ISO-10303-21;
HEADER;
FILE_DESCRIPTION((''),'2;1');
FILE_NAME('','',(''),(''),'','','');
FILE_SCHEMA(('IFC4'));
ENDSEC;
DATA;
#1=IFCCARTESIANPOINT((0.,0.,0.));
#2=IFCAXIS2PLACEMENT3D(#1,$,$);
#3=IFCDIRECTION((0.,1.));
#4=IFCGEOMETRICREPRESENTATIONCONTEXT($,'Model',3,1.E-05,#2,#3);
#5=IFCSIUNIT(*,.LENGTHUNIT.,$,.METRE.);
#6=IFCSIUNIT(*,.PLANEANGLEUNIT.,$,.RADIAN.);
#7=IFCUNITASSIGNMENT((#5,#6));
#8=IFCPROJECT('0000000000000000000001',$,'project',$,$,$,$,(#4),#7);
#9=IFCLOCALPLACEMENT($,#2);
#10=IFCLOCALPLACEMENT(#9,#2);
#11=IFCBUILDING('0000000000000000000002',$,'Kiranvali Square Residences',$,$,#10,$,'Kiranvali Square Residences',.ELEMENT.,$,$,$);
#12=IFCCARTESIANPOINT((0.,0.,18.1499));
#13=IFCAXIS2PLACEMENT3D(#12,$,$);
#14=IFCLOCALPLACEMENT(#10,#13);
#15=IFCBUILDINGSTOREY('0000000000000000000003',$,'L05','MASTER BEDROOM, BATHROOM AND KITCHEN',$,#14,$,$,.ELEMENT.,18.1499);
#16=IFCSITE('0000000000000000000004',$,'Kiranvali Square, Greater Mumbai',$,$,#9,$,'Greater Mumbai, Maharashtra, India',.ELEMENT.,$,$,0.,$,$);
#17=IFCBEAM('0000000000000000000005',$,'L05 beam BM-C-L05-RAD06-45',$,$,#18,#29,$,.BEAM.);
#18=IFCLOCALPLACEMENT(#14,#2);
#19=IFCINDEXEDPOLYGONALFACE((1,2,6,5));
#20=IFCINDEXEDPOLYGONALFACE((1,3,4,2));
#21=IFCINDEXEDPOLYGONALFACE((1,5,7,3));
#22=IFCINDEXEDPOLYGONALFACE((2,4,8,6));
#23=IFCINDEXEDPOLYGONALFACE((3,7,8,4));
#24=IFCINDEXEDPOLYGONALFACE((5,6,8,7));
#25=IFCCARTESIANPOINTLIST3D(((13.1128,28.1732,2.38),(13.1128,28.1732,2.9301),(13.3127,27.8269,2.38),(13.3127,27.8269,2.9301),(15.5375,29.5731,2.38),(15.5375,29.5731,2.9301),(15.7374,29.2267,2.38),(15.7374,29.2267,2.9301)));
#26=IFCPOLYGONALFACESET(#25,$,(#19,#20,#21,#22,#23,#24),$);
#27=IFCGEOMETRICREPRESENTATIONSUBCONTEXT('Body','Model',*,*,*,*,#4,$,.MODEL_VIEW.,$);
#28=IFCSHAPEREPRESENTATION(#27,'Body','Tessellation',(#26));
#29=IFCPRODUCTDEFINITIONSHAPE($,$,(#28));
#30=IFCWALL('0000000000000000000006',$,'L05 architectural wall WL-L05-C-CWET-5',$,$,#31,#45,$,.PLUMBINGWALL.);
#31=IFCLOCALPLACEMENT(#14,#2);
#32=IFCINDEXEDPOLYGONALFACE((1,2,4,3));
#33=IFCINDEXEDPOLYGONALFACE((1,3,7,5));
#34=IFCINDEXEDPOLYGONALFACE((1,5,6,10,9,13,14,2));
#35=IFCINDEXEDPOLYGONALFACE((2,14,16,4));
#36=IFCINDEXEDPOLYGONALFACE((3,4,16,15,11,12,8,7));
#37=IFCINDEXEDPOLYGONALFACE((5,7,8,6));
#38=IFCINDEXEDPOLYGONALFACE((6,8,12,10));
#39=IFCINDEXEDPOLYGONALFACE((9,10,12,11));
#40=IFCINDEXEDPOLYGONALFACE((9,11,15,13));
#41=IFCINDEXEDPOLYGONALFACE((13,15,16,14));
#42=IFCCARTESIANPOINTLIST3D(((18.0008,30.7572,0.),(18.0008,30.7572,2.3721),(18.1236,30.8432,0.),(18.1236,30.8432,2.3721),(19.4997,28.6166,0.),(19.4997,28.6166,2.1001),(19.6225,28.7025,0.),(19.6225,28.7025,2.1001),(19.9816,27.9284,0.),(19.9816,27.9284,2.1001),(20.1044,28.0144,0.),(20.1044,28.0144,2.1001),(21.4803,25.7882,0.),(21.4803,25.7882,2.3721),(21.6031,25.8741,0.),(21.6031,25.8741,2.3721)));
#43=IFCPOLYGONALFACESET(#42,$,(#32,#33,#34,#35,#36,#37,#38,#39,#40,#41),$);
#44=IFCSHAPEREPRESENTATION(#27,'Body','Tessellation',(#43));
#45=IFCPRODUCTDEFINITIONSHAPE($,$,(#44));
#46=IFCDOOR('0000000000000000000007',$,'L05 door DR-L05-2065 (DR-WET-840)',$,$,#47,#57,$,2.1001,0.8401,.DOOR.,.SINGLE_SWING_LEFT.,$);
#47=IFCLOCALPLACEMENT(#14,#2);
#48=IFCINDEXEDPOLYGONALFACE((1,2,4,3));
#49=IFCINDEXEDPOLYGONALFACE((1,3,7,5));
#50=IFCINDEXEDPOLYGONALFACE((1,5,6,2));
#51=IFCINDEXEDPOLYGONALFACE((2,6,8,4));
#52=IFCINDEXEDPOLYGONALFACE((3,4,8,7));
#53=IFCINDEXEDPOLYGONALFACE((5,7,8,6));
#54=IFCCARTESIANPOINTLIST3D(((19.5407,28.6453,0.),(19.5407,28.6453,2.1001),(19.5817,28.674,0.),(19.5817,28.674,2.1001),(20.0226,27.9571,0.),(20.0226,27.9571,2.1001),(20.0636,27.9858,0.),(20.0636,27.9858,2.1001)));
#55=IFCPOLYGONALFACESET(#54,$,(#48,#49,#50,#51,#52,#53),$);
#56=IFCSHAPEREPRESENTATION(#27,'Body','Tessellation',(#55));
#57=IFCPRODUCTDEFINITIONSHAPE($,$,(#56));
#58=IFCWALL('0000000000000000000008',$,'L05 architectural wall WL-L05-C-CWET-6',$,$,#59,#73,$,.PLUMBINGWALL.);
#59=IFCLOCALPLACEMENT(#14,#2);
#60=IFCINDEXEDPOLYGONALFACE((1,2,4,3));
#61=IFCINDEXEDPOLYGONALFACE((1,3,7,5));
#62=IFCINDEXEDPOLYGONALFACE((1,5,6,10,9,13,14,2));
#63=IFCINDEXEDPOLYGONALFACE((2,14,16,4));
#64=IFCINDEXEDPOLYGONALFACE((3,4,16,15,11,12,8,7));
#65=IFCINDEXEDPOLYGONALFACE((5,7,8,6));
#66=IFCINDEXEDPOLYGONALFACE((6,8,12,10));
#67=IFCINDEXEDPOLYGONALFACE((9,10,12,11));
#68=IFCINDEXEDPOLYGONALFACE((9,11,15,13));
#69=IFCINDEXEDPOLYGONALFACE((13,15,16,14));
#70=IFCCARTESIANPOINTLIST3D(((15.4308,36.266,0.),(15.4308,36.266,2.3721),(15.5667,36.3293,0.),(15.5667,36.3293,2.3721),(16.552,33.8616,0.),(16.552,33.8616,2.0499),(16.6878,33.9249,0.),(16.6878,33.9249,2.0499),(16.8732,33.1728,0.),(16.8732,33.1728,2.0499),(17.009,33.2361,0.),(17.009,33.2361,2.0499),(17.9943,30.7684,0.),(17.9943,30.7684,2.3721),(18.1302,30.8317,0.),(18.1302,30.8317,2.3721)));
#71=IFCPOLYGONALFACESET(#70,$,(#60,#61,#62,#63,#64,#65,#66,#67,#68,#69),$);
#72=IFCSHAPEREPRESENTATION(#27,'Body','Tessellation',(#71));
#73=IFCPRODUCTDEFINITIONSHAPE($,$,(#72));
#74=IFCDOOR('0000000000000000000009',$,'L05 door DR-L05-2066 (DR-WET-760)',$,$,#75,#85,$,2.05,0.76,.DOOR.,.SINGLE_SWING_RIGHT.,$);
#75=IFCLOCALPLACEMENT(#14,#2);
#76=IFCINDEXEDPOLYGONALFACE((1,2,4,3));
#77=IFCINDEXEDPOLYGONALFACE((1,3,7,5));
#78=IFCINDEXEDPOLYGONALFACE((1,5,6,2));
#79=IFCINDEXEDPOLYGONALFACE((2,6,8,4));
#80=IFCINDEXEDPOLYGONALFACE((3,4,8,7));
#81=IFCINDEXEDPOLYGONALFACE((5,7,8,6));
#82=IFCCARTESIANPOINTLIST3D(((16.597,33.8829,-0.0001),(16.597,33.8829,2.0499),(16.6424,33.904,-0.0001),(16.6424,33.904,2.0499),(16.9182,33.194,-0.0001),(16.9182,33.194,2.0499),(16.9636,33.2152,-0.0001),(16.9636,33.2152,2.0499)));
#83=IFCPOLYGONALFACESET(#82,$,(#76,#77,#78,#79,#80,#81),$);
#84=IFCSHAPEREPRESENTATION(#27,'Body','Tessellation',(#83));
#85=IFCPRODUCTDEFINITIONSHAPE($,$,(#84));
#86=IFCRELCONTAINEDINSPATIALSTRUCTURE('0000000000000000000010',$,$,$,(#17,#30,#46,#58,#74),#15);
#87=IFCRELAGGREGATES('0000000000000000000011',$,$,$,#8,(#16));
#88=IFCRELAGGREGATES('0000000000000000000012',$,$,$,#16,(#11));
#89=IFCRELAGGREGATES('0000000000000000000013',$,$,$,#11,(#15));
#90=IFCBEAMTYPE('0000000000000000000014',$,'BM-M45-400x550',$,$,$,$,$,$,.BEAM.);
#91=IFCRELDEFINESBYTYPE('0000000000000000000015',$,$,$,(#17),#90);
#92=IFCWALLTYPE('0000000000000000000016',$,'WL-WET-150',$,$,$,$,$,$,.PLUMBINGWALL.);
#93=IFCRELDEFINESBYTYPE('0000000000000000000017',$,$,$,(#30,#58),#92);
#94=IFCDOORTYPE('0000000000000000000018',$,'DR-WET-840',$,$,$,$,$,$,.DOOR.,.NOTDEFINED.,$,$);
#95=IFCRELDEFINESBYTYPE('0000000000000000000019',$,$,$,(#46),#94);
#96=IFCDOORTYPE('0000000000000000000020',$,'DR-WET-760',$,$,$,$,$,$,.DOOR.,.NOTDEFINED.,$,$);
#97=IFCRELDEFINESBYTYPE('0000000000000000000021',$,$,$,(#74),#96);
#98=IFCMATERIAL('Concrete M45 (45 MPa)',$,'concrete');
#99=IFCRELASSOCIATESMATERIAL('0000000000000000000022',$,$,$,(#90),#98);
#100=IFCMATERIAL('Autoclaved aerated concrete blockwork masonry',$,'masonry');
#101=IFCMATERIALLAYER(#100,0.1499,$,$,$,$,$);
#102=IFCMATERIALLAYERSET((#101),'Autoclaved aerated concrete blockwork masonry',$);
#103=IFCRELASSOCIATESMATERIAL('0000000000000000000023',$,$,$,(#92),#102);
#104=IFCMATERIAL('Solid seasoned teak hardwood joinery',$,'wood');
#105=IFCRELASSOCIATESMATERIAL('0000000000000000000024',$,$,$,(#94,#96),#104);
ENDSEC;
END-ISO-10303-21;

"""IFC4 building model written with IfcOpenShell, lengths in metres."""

from ifc_helpers import new_model, si_unit, direction, frame, frame_2d, origin, origin_2d, place, context, subcontext, project, spatial, rectangle, extrude, material, layer, layer_set, material_profile, profile_set, type_object, element, fill, save


model = new_model("IFC4")

# Units and contexts
model_context = context("Model", 3, precision=1e-05, world=origin(), true_north=direction((0.0, 1.0)))
body_context = subcontext(model_context, "Body", "Model", "MODEL_VIEW")
ifc_project = project(units=[si_unit("LENGTHUNIT", "METRE"), si_unit("PLANEANGLEUNIT", "RADIAN")], contexts=[model_context])

# Site, building, storey
site_placement = place(None, origin())
site = spatial("IfcSite", under=ifc_project, at=site_placement, Name="Kiranvali Square, Greater Mumbai", LongName="Greater Mumbai, Maharashtra, India", CompositionType="ELEMENT", RefElevation=0.0)
building_placement = place(site_placement, origin())
building = spatial("IfcBuilding", under=site, at=building_placement, Name="Kiranvali Square Residences", LongName="Kiranvali Square Residences", CompositionType="ELEMENT")
storey_placement = place(building_placement, frame((0.0, 0.0, 18.1499)))
storey = spatial("IfcBuildingStorey", under=building, at=storey_placement, Name="L05", Description="MASTER BEDROOM, BATHROOM AND KITCHEN", CompositionType="ELEMENT", Elevation=18.1499)

# Shared definitions
ifc_material_1 = material(Name="Concrete M45 (45 MPa)", Category="concrete")

# Beam
ifc_material_profile_1 = material_profile(ifc_material_1, rectangle(XDim=0.3999, YDim=0.55, at=origin_2d()), Name="RC 400x550")
ifc_profile_set_1 = profile_set([ifc_material_profile_1], Name="Concrete M45 (45 MPa)")
beam_type = type_object("IfcBeamType", Name="BM-M45-400x550", PredefinedType="BEAM", material=ifc_profile_set_1)
beam_1_placement = place(storey_placement, frame((15.6375, 29.3999, 2.655), z_axis=(-0.866035, -0.499984, 0.0), x_axis=(0.499984, -0.866035, 0.0)))
element("IfcBeam", 1, at=beam_1_placement, inside=storey, type_object=beam_type, Name="L05 beam BM-C-L05-RAD06-45", PredefinedType="BEAM", context=body_context, shape_type="SweptSolid", body=[
    extrude(rectangle(XDim=0.3999, YDim=0.55, at=origin_2d()), origin(), (0.0, 0.0, 1.0), 2.7998),
])

# Walls, openings, doors
ifc_material_2 = material(Name="Autoclaved aerated concrete blockwork masonry", Category="masonry")
ifc_layer = layer(ifc_material_2, 0.1499)
ifc_layer_set = layer_set([ifc_layer], Name="Autoclaved aerated concrete blockwork masonry")
wall_type = type_object("IfcWallType", Name="WL-WET-150", PredefinedType="PLUMBINGWALL", material=ifc_layer_set)
wall_1_placement = place(storey_placement, frame((21.5417, 25.8311, 0.0), z_axis=(0.0, 0.0, 1.0), x_axis=(-0.573595, 0.819139, 0.0)))
wall_1 = element("IfcWall", 2, at=wall_1_placement, inside=storey, type_object=wall_type, Name="L05 architectural wall WL-L05-C-CWET-5", PredefinedType="PLUMBINGWALL", context=body_context, shape_type="SweptSolid", body=[
    extrude(rectangle(XDim=6.0662, YDim=0.1499, at=frame_2d((3.0332, 0.0))), origin(), (0.0, 0.0, 1.0), 2.3721),
])
opening_1_placement = place(wall_1_placement, frame((2.613, 0.0, 0.0)))
opening_1 = element("IfcOpeningElement", 3, at=opening_1_placement, cuts=wall_1, PredefinedType="OPENING", context=body_context, shape_type="SweptSolid", body=[
    extrude(rectangle(XDim=0.8401, YDim=2.1001, at=frame_2d((0.4199, 1.05))), frame((0.0, 0.085, 0.0), z_axis=(0.0, -1.0, 0.0), x_axis=(1.0, 0.0, 0.0)), (0.0, 0.0, 1.0), 0.1699),
])
ifc_material_3 = material(Name="Solid seasoned teak hardwood joinery", Category="wood")
door_type_1 = type_object("IfcDoorType", Name="DR-WET-840", OperationType="NOTDEFINED", PredefinedType="DOOR", material=ifc_material_3)
door_1_placement = place(opening_1_placement, origin())
door_1 = element("IfcDoor", 4, at=door_1_placement, inside=storey, type_object=door_type_1, Name="L05 door DR-L05-2065 (DR-WET-840)", OperationType="SINGLE_SWING_LEFT", OverallHeight=2.1001, OverallWidth=0.8401, PredefinedType="DOOR", context=body_context, shape_type="SweptSolid", body=[
    extrude(rectangle(XDim=0.8401, YDim=2.1001, at=frame_2d((0.4199, 1.05))), frame((0.0, 0.0249, 0.0), z_axis=(0.0, -1.0, 0.0), x_axis=(1.0, 0.0, 0.0)), (0.0, 0.0, 1.0), 0.05),
])
fill(opening_1, door_1)
wall_2_placement = place(storey_placement, frame((18.0623, 30.8, 0.0), z_axis=(0.0, 0.0, 1.0), x_axis=(-0.422608, 0.906313, 0.0)))
wall_2 = element("IfcWall", 5, at=wall_2_placement, inside=storey, type_object=wall_type, Name="L05 architectural wall WL-L05-C-CWET-6", PredefinedType="PLUMBINGWALL", context=body_context, shape_type="SweptSolid", body=[
    extrude(rectangle(XDim=6.0659, YDim=0.1499, at=frame_2d((3.033, 0.0))), origin(), (0.0, 0.0, 1.0), 2.3721),
])
opening_2_placement = place(wall_2_placement, frame((2.6531, 0.0, 0.0)))
opening_2 = element("IfcOpeningElement", 6, at=opening_2_placement, cuts=wall_2, PredefinedType="OPENING", context=body_context, shape_type="SweptSolid", body=[
    extrude(rectangle(XDim=0.76, YDim=2.05, at=frame_2d((0.3799, 1.0249))), frame((0.0, 0.085, 0.0), z_axis=(0.0, -1.0, 0.0), x_axis=(1.0, 0.0, 0.0)), (0.0, 0.0, 1.0), 0.1699),
])
door_type_2 = type_object("IfcDoorType", Name="DR-WET-760", OperationType="NOTDEFINED", PredefinedType="DOOR", material=ifc_material_3)
door_2_placement = place(opening_2_placement, frame((0.76, 0.0, 0.0), z_axis=(0.0, 0.0, 1.0), x_axis=(-1.0, 0.0, 0.0)))
door_2 = element("IfcDoor", 7, at=door_2_placement, inside=storey, type_object=door_type_2, Name="L05 door DR-L05-2066 (DR-WET-760)", OperationType="SINGLE_SWING_RIGHT", OverallHeight=2.05, OverallWidth=0.76, PredefinedType="DOOR", context=body_context, shape_type="SweptSolid", body=[
    extrude(rectangle(XDim=0.76, YDim=2.05, at=frame_2d((0.3799, 1.0249))), frame((0.0, 0.0249, 0.0), z_axis=(0.0, -1.0, 0.0), x_axis=(1.0, 0.0, 0.0)), (0.0, 0.0, 1.0), 0.05),
])
fill(opening_2, door_2)

save(model, "model.ifc")
